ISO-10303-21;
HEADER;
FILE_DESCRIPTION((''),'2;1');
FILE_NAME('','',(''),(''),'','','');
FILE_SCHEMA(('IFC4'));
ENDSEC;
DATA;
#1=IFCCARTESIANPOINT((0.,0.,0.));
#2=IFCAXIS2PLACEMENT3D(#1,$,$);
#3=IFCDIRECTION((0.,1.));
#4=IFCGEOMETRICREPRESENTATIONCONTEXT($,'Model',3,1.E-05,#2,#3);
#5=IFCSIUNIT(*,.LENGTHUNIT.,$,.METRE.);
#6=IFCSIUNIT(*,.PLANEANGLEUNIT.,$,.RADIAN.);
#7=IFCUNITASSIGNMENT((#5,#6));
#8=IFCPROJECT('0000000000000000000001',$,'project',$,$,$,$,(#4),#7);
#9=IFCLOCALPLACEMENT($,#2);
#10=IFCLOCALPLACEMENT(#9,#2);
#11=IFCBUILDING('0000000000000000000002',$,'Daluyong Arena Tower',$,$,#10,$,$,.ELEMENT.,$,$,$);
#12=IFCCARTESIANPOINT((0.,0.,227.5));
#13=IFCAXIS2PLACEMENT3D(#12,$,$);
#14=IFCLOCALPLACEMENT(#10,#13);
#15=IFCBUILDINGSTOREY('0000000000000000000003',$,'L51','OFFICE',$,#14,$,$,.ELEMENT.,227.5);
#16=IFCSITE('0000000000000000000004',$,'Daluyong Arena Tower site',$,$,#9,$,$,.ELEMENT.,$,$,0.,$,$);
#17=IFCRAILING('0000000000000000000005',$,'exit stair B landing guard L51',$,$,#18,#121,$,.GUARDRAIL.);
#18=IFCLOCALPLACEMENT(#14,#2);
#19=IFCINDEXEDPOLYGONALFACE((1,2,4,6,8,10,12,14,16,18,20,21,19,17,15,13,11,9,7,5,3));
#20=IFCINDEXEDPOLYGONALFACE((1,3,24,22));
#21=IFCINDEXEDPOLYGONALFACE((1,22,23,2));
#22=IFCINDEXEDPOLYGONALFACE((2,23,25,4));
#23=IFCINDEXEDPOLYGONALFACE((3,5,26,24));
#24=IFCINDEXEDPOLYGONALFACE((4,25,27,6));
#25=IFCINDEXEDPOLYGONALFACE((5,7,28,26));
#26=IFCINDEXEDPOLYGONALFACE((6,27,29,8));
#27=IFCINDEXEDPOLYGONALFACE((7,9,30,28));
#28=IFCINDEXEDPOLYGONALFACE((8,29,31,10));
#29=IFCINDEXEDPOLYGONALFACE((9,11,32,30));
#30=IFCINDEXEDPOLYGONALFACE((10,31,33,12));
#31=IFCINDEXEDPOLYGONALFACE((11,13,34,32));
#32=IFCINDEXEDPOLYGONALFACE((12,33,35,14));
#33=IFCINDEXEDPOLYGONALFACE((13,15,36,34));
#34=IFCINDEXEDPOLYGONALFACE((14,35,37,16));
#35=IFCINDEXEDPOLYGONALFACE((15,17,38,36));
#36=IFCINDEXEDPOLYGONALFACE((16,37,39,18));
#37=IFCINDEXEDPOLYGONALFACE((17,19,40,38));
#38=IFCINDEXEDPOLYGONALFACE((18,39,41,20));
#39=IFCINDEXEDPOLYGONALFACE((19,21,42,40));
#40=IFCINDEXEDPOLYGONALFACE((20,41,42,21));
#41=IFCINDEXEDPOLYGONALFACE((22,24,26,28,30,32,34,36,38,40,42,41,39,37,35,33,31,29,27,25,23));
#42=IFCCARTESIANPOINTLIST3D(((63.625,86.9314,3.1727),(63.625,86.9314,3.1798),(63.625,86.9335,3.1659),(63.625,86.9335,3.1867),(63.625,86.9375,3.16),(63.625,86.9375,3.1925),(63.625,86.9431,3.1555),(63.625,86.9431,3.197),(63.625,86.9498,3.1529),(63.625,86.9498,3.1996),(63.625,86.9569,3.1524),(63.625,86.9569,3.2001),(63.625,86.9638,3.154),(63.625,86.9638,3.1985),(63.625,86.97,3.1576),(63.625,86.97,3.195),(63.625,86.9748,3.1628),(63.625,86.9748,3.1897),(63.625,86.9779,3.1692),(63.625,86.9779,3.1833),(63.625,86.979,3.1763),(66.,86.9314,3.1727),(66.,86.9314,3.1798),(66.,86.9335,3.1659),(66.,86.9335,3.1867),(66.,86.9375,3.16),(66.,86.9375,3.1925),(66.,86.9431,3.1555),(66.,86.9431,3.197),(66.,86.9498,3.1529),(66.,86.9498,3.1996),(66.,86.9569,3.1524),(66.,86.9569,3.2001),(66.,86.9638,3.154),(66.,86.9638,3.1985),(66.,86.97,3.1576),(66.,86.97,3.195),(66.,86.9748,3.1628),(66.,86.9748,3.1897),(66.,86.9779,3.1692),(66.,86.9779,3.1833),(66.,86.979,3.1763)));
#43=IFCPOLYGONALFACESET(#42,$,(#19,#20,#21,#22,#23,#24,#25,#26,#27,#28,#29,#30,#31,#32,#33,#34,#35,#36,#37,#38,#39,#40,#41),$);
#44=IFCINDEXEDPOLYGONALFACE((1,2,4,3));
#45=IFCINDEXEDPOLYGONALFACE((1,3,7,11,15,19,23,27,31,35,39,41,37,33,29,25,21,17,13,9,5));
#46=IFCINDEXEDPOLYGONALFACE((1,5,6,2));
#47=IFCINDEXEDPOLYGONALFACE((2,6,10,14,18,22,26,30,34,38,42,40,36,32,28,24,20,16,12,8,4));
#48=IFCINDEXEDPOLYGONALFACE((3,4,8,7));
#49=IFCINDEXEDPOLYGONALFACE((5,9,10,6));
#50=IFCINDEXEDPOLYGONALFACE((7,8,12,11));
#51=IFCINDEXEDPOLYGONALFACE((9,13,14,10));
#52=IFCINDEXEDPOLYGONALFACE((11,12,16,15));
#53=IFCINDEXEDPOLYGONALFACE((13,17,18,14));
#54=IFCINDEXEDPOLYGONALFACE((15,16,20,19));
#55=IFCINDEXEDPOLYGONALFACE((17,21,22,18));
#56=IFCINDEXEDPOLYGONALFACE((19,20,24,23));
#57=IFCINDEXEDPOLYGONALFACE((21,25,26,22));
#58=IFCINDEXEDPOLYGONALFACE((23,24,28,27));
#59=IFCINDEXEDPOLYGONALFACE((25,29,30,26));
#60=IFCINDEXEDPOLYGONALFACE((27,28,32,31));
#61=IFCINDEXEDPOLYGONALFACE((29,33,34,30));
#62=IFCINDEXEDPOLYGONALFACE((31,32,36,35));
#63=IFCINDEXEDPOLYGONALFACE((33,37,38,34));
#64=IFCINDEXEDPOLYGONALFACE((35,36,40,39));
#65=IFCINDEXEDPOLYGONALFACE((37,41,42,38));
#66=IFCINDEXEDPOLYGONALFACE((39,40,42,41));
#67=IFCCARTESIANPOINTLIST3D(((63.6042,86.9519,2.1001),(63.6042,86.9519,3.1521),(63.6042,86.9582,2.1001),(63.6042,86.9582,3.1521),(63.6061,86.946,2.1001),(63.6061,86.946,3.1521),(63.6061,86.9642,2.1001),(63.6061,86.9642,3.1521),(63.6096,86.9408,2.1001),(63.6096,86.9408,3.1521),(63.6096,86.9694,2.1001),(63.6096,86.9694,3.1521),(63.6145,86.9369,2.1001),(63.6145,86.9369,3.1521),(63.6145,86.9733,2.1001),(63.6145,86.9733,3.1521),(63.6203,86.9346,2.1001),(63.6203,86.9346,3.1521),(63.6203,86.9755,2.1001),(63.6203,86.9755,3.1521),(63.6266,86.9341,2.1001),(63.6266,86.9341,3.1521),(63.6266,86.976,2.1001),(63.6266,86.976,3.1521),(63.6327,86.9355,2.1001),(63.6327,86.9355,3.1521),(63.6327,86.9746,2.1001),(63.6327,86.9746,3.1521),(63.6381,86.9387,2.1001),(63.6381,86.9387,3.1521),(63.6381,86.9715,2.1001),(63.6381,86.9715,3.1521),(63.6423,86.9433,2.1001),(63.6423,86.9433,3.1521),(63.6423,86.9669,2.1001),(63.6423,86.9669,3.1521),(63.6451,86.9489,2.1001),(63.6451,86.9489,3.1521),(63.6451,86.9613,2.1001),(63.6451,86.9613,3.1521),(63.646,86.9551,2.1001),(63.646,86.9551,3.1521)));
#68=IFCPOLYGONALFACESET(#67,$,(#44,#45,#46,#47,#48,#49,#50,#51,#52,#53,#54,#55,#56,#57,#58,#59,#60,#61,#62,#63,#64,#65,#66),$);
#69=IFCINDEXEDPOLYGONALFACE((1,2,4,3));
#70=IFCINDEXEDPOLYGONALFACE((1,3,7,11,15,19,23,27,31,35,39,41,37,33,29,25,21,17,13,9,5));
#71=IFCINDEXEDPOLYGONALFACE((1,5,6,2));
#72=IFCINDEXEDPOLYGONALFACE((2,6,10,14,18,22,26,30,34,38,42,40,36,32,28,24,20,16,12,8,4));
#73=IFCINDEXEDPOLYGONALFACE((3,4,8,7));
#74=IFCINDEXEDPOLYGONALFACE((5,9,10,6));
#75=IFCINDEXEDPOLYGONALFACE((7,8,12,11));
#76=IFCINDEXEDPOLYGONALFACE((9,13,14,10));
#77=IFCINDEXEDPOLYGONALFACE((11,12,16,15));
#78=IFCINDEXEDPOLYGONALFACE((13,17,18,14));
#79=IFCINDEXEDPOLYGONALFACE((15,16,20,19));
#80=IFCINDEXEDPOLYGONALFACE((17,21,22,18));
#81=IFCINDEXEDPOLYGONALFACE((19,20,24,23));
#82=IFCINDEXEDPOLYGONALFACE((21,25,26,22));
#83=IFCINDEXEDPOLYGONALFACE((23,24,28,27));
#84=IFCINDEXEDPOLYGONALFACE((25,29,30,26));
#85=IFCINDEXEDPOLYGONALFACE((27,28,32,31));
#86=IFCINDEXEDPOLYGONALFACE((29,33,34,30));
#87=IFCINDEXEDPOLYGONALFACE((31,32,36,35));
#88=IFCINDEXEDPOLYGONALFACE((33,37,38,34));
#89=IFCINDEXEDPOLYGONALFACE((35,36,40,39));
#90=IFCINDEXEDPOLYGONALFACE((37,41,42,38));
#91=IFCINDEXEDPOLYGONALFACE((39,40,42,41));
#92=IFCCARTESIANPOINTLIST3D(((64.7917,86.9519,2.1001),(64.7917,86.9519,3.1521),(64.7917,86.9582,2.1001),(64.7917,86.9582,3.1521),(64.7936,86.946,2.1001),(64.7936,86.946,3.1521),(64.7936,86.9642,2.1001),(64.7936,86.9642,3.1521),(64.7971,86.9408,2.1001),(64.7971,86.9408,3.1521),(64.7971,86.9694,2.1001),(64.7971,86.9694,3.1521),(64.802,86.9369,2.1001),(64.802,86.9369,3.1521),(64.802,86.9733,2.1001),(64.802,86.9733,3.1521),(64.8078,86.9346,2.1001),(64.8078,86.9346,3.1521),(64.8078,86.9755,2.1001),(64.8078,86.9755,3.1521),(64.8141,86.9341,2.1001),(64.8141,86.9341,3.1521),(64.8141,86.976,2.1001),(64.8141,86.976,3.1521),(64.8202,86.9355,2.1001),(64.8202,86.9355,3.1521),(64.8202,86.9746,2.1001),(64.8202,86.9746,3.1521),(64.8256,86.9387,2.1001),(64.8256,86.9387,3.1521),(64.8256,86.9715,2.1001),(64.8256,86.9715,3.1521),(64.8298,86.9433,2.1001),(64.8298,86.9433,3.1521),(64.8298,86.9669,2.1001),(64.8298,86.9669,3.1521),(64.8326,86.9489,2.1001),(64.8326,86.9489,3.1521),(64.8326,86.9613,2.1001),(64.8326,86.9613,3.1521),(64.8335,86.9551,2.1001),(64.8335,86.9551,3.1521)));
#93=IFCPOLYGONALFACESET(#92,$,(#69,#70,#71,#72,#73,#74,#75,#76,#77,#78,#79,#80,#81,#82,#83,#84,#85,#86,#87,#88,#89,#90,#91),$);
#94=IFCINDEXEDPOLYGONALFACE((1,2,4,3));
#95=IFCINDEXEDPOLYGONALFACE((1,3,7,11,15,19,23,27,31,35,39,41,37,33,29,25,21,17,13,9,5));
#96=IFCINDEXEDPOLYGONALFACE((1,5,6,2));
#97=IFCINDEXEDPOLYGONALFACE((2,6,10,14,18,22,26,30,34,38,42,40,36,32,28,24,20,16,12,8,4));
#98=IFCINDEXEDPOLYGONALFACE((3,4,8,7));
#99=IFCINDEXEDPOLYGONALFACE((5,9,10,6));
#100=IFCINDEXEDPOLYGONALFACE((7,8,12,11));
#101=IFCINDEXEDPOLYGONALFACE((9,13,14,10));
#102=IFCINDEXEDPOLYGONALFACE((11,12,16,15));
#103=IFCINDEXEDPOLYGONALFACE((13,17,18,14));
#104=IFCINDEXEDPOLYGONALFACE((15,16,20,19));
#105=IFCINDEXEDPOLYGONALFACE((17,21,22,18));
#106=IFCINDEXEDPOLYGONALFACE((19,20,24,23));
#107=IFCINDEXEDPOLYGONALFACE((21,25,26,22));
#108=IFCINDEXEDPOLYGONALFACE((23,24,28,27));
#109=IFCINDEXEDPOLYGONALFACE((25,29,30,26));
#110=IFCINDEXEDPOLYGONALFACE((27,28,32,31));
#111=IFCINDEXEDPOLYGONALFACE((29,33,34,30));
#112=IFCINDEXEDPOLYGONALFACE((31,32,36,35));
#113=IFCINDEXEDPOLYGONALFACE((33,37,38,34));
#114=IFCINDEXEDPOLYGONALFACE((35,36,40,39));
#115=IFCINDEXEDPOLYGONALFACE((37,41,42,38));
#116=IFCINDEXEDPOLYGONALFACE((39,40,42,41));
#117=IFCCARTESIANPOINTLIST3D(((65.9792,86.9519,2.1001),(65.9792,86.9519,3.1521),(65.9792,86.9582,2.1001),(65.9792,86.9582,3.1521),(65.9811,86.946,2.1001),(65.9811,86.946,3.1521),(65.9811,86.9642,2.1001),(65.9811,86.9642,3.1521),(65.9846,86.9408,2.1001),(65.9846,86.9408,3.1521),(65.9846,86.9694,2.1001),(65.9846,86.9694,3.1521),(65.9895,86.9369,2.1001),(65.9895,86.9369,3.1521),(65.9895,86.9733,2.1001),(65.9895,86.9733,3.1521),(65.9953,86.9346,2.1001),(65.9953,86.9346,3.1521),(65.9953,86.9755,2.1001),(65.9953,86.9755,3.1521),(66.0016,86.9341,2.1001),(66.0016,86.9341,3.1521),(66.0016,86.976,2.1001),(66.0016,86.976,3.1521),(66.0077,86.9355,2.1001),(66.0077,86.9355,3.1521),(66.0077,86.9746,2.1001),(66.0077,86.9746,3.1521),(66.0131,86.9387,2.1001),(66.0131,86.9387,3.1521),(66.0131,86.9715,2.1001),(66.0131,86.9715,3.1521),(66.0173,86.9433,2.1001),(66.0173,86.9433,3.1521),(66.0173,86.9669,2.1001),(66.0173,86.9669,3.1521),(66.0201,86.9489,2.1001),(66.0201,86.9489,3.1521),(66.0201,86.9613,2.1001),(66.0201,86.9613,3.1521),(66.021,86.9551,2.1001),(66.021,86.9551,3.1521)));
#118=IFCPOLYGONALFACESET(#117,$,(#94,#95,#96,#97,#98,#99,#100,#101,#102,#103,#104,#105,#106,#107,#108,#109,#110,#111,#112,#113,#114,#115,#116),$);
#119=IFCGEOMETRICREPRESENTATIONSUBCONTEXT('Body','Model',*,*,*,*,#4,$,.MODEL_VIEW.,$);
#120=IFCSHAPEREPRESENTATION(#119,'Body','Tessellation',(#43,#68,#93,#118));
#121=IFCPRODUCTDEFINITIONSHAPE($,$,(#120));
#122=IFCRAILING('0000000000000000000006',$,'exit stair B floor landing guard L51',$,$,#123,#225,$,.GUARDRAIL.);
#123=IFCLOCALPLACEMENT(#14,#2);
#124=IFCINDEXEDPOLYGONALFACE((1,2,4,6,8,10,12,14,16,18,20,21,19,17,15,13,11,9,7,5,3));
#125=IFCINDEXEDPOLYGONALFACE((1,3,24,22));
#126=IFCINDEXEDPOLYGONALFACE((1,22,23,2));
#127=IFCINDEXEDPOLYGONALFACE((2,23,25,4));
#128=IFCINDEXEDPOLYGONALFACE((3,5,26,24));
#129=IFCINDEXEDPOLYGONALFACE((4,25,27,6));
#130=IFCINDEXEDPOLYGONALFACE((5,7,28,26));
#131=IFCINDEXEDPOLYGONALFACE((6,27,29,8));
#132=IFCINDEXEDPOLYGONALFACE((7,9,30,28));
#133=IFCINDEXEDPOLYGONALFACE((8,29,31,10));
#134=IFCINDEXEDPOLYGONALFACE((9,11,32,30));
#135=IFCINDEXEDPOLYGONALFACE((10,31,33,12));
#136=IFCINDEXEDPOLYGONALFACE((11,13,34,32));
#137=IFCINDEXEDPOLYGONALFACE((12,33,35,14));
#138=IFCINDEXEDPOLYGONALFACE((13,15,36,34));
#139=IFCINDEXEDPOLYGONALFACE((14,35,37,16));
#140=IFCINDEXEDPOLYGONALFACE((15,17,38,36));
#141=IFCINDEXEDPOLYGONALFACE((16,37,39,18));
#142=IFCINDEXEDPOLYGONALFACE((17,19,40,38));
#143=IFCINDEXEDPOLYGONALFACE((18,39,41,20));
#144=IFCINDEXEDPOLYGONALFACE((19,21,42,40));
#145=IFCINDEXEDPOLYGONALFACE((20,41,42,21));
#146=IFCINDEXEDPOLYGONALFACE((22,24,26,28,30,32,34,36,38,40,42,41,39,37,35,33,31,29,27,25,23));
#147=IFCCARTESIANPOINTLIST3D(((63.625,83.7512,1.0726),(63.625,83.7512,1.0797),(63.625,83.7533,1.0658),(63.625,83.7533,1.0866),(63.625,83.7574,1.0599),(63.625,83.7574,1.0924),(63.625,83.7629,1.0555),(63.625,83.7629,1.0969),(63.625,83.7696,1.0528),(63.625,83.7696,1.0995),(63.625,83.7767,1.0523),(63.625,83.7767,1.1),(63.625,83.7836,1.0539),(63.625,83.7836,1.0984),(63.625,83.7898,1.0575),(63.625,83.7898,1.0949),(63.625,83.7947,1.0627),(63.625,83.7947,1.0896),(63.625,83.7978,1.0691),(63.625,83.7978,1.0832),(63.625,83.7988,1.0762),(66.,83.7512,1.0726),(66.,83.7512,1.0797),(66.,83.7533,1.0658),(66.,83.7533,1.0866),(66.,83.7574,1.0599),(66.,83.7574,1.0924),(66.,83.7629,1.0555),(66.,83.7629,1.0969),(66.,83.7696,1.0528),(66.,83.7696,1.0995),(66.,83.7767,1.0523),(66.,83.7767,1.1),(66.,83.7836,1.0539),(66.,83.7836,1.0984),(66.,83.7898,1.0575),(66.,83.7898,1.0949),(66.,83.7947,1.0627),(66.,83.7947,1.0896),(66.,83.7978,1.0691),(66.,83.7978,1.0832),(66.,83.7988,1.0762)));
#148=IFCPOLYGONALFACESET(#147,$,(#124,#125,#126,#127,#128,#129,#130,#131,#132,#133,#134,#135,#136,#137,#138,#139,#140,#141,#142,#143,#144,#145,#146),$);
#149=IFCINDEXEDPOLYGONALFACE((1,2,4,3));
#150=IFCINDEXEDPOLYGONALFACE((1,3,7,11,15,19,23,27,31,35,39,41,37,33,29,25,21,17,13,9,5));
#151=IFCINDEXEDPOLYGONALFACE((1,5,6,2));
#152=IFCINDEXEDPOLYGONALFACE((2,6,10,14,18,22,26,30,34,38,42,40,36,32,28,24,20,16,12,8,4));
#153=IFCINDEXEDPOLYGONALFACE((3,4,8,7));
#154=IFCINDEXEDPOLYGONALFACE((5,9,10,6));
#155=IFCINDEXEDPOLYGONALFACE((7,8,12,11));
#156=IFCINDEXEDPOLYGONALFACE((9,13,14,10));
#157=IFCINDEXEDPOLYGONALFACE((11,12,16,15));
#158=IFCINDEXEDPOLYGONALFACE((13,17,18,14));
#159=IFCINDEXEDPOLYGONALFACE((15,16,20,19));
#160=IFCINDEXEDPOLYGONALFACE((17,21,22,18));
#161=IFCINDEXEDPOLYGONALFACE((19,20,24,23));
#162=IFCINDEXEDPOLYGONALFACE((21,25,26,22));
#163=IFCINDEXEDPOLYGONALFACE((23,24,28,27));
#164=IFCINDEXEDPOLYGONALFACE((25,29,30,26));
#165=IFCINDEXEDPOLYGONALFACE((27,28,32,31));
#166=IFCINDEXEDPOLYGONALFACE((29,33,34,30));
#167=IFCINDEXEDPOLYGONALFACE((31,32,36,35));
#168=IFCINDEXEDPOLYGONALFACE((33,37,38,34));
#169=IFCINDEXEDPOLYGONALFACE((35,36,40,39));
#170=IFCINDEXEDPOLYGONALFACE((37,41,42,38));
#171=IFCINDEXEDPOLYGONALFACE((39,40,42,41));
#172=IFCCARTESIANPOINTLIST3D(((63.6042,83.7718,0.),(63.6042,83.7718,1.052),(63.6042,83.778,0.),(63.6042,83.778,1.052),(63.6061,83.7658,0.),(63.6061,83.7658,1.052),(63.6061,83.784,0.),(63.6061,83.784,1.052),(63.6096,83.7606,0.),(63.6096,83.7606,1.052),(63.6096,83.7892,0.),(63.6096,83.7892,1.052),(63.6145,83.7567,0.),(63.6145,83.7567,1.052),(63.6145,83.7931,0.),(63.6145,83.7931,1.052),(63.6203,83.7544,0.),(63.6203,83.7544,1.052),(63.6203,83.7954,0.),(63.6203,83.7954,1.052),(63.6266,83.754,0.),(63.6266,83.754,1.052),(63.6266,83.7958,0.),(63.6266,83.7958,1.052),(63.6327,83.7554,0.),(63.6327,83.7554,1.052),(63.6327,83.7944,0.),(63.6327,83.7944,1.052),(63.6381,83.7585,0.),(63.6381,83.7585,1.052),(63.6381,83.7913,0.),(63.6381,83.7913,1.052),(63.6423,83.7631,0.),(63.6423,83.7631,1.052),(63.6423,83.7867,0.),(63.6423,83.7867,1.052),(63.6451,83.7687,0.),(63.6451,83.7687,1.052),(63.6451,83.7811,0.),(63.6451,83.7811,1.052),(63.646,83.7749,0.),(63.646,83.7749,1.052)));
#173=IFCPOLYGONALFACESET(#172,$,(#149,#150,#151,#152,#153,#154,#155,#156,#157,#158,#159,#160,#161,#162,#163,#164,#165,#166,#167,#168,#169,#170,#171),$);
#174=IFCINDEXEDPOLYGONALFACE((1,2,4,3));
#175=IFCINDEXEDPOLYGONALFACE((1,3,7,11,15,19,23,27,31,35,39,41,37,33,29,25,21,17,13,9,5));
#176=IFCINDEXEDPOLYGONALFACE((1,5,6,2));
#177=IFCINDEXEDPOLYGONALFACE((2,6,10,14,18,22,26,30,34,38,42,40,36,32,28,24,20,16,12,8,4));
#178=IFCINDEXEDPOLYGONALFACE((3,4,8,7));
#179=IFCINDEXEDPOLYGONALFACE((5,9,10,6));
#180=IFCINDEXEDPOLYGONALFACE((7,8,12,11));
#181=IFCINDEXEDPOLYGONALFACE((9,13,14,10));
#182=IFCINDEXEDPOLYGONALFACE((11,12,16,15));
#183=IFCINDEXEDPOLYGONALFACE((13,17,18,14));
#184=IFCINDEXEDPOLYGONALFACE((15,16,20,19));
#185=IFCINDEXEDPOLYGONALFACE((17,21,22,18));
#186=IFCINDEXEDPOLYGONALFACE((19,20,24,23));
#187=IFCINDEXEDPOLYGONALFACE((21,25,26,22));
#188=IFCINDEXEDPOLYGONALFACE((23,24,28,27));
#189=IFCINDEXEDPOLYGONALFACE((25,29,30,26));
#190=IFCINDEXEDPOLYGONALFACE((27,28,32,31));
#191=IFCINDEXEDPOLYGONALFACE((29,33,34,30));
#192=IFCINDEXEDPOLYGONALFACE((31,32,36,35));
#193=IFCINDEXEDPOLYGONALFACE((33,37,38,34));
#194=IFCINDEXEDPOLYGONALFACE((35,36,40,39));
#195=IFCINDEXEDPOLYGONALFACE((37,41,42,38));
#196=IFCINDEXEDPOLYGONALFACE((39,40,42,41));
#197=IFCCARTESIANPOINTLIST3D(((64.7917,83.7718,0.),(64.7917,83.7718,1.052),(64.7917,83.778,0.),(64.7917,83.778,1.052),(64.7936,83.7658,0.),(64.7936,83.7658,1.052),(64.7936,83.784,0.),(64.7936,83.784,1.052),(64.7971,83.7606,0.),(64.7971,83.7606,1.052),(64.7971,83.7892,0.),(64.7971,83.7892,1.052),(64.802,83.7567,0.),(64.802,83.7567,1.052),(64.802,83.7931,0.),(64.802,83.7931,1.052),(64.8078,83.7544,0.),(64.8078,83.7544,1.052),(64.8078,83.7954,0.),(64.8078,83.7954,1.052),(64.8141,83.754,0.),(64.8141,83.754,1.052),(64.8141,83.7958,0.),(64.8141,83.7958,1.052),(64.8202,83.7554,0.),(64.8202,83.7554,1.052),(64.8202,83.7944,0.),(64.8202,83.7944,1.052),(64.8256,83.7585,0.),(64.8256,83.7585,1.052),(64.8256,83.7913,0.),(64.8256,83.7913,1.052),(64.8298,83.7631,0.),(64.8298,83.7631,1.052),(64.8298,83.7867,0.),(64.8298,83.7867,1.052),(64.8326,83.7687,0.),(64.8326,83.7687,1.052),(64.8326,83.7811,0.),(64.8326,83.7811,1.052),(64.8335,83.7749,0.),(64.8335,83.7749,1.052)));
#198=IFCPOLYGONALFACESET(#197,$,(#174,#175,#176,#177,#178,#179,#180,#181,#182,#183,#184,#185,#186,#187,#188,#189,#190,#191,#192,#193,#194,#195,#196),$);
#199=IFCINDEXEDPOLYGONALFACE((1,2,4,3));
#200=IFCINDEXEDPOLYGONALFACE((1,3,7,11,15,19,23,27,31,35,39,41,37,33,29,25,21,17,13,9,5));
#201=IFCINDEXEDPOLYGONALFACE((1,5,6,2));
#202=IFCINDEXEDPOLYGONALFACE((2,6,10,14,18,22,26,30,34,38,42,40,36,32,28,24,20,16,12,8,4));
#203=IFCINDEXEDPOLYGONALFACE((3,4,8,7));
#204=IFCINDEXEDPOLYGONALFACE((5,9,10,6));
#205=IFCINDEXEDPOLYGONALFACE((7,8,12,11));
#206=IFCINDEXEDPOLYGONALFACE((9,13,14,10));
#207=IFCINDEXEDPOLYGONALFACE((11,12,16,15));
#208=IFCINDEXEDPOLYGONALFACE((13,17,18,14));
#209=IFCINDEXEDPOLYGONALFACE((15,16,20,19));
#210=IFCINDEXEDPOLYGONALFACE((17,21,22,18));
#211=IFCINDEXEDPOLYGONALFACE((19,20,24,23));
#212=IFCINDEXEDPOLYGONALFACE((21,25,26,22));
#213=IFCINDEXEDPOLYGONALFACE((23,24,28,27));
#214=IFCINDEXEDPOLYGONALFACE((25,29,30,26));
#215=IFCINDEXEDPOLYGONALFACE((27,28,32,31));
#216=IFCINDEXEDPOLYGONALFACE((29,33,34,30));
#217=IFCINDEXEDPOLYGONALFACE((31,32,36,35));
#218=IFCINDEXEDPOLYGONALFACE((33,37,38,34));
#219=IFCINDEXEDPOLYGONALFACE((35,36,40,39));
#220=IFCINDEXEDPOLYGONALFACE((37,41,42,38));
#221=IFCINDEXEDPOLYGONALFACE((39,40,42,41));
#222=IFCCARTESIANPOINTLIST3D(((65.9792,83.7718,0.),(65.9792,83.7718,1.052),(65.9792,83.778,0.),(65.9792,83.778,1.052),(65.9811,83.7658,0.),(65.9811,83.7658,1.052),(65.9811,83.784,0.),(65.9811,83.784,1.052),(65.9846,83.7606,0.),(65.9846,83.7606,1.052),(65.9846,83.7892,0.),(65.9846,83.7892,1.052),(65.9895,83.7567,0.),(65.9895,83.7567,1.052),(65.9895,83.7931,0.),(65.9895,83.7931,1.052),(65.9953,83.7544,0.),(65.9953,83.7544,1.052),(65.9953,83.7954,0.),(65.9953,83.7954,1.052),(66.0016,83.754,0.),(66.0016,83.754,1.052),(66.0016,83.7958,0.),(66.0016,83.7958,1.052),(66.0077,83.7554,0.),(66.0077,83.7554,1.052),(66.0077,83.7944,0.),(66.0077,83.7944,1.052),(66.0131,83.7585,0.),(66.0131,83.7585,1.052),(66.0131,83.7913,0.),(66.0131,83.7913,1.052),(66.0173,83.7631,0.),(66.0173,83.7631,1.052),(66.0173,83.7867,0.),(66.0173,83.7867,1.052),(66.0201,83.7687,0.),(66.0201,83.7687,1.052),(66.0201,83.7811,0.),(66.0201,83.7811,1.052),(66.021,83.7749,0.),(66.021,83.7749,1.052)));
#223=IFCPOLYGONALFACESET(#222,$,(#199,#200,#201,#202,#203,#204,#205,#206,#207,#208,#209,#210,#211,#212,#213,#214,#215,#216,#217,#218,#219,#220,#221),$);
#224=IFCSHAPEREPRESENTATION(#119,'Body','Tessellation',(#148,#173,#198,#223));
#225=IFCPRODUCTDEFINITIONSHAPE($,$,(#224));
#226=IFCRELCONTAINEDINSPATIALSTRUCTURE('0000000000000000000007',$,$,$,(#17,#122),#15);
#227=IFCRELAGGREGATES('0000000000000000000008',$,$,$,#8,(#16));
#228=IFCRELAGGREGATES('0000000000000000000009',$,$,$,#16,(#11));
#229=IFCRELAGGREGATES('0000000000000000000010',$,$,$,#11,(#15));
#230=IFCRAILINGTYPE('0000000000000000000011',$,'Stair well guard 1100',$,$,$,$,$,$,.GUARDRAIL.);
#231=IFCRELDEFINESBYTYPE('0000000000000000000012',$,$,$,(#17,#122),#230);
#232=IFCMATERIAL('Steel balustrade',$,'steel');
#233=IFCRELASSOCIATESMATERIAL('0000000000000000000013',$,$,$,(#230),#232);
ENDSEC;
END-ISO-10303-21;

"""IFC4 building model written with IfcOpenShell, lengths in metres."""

from ifc_helpers import new_model, si_unit, direction, frame, origin, origin_2d, place, context, subcontext, project, spatial, circle, extrude, material, type_object, element, save


model = new_model("IFC4")

# Units and contexts
model_context = context("Model", 3, precision=1e-05, world=origin(), true_north=direction((0.0, 1.0)))
body_context = subcontext(model_context, "Body", "Model", "MODEL_VIEW")
ifc_project = project(units=[si_unit("LENGTHUNIT", "METRE"), si_unit("PLANEANGLEUNIT", "RADIAN")], contexts=[model_context])

# Site, building, storey
site_placement = place(None, origin())
site = spatial("IfcSite", under=ifc_project, at=site_placement, Name="Daluyong Arena Tower site", CompositionType="ELEMENT", RefElevation=0.0)
building_placement = place(site_placement, origin())
building = spatial("IfcBuilding", under=site, at=building_placement, Name="Daluyong Arena Tower", CompositionType="ELEMENT")
storey_placement = place(building_placement, frame((0.0, 0.0, 227.5)))
storey = spatial("IfcBuildingStorey", under=building, at=storey_placement, Name="L51", Description="OFFICE", CompositionType="ELEMENT", Elevation=227.5)

# Railings
ifc_material_1 = material(Name="Steel balustrade", Category="steel")
railing_type_1 = type_object("IfcRailingType", Name="Stair well guard 1100", PredefinedType="GUARDRAIL", material=ifc_material_1)
for number, where, name in (
    (1, (63.625, 86.9551, 2.1001), "exit stair B landing guard L51"),
    (2, (63.625, 83.7749, 0.0), "exit stair B floor landing guard L51"),
):
    element("IfcRailing", number, at=place(storey_placement, frame(where)), inside=storey, type_object=railing_type_1, Name=name, PredefinedType="GUARDRAIL", context=body_context, shape_type="SweptSolid", body=[
        extrude(circle(Radius=0.0239, at=origin_2d()), frame((0.0, 0.0, 1.0762), z_axis=(1.0, 0.0, 0.0), x_axis=(0.0, 1.0, 0.0)), (0.0, 0.0, 1.0), 2.375),
        extrude(circle(Radius=0.021, at=origin_2d()), origin(), (0.0, 0.0, 1.0), 1.052),
        extrude(circle(Radius=0.021, at=origin_2d()), frame((1.1875, 0.0, 0.0)), (0.0, 0.0, 1.0), 1.052),
        extrude(circle(Radius=0.021, at=origin_2d()), frame((2.375, 0.0, 0.0)), (0.0, 0.0, 1.0), 1.052),
    ])

save(model, "model.ifc")
